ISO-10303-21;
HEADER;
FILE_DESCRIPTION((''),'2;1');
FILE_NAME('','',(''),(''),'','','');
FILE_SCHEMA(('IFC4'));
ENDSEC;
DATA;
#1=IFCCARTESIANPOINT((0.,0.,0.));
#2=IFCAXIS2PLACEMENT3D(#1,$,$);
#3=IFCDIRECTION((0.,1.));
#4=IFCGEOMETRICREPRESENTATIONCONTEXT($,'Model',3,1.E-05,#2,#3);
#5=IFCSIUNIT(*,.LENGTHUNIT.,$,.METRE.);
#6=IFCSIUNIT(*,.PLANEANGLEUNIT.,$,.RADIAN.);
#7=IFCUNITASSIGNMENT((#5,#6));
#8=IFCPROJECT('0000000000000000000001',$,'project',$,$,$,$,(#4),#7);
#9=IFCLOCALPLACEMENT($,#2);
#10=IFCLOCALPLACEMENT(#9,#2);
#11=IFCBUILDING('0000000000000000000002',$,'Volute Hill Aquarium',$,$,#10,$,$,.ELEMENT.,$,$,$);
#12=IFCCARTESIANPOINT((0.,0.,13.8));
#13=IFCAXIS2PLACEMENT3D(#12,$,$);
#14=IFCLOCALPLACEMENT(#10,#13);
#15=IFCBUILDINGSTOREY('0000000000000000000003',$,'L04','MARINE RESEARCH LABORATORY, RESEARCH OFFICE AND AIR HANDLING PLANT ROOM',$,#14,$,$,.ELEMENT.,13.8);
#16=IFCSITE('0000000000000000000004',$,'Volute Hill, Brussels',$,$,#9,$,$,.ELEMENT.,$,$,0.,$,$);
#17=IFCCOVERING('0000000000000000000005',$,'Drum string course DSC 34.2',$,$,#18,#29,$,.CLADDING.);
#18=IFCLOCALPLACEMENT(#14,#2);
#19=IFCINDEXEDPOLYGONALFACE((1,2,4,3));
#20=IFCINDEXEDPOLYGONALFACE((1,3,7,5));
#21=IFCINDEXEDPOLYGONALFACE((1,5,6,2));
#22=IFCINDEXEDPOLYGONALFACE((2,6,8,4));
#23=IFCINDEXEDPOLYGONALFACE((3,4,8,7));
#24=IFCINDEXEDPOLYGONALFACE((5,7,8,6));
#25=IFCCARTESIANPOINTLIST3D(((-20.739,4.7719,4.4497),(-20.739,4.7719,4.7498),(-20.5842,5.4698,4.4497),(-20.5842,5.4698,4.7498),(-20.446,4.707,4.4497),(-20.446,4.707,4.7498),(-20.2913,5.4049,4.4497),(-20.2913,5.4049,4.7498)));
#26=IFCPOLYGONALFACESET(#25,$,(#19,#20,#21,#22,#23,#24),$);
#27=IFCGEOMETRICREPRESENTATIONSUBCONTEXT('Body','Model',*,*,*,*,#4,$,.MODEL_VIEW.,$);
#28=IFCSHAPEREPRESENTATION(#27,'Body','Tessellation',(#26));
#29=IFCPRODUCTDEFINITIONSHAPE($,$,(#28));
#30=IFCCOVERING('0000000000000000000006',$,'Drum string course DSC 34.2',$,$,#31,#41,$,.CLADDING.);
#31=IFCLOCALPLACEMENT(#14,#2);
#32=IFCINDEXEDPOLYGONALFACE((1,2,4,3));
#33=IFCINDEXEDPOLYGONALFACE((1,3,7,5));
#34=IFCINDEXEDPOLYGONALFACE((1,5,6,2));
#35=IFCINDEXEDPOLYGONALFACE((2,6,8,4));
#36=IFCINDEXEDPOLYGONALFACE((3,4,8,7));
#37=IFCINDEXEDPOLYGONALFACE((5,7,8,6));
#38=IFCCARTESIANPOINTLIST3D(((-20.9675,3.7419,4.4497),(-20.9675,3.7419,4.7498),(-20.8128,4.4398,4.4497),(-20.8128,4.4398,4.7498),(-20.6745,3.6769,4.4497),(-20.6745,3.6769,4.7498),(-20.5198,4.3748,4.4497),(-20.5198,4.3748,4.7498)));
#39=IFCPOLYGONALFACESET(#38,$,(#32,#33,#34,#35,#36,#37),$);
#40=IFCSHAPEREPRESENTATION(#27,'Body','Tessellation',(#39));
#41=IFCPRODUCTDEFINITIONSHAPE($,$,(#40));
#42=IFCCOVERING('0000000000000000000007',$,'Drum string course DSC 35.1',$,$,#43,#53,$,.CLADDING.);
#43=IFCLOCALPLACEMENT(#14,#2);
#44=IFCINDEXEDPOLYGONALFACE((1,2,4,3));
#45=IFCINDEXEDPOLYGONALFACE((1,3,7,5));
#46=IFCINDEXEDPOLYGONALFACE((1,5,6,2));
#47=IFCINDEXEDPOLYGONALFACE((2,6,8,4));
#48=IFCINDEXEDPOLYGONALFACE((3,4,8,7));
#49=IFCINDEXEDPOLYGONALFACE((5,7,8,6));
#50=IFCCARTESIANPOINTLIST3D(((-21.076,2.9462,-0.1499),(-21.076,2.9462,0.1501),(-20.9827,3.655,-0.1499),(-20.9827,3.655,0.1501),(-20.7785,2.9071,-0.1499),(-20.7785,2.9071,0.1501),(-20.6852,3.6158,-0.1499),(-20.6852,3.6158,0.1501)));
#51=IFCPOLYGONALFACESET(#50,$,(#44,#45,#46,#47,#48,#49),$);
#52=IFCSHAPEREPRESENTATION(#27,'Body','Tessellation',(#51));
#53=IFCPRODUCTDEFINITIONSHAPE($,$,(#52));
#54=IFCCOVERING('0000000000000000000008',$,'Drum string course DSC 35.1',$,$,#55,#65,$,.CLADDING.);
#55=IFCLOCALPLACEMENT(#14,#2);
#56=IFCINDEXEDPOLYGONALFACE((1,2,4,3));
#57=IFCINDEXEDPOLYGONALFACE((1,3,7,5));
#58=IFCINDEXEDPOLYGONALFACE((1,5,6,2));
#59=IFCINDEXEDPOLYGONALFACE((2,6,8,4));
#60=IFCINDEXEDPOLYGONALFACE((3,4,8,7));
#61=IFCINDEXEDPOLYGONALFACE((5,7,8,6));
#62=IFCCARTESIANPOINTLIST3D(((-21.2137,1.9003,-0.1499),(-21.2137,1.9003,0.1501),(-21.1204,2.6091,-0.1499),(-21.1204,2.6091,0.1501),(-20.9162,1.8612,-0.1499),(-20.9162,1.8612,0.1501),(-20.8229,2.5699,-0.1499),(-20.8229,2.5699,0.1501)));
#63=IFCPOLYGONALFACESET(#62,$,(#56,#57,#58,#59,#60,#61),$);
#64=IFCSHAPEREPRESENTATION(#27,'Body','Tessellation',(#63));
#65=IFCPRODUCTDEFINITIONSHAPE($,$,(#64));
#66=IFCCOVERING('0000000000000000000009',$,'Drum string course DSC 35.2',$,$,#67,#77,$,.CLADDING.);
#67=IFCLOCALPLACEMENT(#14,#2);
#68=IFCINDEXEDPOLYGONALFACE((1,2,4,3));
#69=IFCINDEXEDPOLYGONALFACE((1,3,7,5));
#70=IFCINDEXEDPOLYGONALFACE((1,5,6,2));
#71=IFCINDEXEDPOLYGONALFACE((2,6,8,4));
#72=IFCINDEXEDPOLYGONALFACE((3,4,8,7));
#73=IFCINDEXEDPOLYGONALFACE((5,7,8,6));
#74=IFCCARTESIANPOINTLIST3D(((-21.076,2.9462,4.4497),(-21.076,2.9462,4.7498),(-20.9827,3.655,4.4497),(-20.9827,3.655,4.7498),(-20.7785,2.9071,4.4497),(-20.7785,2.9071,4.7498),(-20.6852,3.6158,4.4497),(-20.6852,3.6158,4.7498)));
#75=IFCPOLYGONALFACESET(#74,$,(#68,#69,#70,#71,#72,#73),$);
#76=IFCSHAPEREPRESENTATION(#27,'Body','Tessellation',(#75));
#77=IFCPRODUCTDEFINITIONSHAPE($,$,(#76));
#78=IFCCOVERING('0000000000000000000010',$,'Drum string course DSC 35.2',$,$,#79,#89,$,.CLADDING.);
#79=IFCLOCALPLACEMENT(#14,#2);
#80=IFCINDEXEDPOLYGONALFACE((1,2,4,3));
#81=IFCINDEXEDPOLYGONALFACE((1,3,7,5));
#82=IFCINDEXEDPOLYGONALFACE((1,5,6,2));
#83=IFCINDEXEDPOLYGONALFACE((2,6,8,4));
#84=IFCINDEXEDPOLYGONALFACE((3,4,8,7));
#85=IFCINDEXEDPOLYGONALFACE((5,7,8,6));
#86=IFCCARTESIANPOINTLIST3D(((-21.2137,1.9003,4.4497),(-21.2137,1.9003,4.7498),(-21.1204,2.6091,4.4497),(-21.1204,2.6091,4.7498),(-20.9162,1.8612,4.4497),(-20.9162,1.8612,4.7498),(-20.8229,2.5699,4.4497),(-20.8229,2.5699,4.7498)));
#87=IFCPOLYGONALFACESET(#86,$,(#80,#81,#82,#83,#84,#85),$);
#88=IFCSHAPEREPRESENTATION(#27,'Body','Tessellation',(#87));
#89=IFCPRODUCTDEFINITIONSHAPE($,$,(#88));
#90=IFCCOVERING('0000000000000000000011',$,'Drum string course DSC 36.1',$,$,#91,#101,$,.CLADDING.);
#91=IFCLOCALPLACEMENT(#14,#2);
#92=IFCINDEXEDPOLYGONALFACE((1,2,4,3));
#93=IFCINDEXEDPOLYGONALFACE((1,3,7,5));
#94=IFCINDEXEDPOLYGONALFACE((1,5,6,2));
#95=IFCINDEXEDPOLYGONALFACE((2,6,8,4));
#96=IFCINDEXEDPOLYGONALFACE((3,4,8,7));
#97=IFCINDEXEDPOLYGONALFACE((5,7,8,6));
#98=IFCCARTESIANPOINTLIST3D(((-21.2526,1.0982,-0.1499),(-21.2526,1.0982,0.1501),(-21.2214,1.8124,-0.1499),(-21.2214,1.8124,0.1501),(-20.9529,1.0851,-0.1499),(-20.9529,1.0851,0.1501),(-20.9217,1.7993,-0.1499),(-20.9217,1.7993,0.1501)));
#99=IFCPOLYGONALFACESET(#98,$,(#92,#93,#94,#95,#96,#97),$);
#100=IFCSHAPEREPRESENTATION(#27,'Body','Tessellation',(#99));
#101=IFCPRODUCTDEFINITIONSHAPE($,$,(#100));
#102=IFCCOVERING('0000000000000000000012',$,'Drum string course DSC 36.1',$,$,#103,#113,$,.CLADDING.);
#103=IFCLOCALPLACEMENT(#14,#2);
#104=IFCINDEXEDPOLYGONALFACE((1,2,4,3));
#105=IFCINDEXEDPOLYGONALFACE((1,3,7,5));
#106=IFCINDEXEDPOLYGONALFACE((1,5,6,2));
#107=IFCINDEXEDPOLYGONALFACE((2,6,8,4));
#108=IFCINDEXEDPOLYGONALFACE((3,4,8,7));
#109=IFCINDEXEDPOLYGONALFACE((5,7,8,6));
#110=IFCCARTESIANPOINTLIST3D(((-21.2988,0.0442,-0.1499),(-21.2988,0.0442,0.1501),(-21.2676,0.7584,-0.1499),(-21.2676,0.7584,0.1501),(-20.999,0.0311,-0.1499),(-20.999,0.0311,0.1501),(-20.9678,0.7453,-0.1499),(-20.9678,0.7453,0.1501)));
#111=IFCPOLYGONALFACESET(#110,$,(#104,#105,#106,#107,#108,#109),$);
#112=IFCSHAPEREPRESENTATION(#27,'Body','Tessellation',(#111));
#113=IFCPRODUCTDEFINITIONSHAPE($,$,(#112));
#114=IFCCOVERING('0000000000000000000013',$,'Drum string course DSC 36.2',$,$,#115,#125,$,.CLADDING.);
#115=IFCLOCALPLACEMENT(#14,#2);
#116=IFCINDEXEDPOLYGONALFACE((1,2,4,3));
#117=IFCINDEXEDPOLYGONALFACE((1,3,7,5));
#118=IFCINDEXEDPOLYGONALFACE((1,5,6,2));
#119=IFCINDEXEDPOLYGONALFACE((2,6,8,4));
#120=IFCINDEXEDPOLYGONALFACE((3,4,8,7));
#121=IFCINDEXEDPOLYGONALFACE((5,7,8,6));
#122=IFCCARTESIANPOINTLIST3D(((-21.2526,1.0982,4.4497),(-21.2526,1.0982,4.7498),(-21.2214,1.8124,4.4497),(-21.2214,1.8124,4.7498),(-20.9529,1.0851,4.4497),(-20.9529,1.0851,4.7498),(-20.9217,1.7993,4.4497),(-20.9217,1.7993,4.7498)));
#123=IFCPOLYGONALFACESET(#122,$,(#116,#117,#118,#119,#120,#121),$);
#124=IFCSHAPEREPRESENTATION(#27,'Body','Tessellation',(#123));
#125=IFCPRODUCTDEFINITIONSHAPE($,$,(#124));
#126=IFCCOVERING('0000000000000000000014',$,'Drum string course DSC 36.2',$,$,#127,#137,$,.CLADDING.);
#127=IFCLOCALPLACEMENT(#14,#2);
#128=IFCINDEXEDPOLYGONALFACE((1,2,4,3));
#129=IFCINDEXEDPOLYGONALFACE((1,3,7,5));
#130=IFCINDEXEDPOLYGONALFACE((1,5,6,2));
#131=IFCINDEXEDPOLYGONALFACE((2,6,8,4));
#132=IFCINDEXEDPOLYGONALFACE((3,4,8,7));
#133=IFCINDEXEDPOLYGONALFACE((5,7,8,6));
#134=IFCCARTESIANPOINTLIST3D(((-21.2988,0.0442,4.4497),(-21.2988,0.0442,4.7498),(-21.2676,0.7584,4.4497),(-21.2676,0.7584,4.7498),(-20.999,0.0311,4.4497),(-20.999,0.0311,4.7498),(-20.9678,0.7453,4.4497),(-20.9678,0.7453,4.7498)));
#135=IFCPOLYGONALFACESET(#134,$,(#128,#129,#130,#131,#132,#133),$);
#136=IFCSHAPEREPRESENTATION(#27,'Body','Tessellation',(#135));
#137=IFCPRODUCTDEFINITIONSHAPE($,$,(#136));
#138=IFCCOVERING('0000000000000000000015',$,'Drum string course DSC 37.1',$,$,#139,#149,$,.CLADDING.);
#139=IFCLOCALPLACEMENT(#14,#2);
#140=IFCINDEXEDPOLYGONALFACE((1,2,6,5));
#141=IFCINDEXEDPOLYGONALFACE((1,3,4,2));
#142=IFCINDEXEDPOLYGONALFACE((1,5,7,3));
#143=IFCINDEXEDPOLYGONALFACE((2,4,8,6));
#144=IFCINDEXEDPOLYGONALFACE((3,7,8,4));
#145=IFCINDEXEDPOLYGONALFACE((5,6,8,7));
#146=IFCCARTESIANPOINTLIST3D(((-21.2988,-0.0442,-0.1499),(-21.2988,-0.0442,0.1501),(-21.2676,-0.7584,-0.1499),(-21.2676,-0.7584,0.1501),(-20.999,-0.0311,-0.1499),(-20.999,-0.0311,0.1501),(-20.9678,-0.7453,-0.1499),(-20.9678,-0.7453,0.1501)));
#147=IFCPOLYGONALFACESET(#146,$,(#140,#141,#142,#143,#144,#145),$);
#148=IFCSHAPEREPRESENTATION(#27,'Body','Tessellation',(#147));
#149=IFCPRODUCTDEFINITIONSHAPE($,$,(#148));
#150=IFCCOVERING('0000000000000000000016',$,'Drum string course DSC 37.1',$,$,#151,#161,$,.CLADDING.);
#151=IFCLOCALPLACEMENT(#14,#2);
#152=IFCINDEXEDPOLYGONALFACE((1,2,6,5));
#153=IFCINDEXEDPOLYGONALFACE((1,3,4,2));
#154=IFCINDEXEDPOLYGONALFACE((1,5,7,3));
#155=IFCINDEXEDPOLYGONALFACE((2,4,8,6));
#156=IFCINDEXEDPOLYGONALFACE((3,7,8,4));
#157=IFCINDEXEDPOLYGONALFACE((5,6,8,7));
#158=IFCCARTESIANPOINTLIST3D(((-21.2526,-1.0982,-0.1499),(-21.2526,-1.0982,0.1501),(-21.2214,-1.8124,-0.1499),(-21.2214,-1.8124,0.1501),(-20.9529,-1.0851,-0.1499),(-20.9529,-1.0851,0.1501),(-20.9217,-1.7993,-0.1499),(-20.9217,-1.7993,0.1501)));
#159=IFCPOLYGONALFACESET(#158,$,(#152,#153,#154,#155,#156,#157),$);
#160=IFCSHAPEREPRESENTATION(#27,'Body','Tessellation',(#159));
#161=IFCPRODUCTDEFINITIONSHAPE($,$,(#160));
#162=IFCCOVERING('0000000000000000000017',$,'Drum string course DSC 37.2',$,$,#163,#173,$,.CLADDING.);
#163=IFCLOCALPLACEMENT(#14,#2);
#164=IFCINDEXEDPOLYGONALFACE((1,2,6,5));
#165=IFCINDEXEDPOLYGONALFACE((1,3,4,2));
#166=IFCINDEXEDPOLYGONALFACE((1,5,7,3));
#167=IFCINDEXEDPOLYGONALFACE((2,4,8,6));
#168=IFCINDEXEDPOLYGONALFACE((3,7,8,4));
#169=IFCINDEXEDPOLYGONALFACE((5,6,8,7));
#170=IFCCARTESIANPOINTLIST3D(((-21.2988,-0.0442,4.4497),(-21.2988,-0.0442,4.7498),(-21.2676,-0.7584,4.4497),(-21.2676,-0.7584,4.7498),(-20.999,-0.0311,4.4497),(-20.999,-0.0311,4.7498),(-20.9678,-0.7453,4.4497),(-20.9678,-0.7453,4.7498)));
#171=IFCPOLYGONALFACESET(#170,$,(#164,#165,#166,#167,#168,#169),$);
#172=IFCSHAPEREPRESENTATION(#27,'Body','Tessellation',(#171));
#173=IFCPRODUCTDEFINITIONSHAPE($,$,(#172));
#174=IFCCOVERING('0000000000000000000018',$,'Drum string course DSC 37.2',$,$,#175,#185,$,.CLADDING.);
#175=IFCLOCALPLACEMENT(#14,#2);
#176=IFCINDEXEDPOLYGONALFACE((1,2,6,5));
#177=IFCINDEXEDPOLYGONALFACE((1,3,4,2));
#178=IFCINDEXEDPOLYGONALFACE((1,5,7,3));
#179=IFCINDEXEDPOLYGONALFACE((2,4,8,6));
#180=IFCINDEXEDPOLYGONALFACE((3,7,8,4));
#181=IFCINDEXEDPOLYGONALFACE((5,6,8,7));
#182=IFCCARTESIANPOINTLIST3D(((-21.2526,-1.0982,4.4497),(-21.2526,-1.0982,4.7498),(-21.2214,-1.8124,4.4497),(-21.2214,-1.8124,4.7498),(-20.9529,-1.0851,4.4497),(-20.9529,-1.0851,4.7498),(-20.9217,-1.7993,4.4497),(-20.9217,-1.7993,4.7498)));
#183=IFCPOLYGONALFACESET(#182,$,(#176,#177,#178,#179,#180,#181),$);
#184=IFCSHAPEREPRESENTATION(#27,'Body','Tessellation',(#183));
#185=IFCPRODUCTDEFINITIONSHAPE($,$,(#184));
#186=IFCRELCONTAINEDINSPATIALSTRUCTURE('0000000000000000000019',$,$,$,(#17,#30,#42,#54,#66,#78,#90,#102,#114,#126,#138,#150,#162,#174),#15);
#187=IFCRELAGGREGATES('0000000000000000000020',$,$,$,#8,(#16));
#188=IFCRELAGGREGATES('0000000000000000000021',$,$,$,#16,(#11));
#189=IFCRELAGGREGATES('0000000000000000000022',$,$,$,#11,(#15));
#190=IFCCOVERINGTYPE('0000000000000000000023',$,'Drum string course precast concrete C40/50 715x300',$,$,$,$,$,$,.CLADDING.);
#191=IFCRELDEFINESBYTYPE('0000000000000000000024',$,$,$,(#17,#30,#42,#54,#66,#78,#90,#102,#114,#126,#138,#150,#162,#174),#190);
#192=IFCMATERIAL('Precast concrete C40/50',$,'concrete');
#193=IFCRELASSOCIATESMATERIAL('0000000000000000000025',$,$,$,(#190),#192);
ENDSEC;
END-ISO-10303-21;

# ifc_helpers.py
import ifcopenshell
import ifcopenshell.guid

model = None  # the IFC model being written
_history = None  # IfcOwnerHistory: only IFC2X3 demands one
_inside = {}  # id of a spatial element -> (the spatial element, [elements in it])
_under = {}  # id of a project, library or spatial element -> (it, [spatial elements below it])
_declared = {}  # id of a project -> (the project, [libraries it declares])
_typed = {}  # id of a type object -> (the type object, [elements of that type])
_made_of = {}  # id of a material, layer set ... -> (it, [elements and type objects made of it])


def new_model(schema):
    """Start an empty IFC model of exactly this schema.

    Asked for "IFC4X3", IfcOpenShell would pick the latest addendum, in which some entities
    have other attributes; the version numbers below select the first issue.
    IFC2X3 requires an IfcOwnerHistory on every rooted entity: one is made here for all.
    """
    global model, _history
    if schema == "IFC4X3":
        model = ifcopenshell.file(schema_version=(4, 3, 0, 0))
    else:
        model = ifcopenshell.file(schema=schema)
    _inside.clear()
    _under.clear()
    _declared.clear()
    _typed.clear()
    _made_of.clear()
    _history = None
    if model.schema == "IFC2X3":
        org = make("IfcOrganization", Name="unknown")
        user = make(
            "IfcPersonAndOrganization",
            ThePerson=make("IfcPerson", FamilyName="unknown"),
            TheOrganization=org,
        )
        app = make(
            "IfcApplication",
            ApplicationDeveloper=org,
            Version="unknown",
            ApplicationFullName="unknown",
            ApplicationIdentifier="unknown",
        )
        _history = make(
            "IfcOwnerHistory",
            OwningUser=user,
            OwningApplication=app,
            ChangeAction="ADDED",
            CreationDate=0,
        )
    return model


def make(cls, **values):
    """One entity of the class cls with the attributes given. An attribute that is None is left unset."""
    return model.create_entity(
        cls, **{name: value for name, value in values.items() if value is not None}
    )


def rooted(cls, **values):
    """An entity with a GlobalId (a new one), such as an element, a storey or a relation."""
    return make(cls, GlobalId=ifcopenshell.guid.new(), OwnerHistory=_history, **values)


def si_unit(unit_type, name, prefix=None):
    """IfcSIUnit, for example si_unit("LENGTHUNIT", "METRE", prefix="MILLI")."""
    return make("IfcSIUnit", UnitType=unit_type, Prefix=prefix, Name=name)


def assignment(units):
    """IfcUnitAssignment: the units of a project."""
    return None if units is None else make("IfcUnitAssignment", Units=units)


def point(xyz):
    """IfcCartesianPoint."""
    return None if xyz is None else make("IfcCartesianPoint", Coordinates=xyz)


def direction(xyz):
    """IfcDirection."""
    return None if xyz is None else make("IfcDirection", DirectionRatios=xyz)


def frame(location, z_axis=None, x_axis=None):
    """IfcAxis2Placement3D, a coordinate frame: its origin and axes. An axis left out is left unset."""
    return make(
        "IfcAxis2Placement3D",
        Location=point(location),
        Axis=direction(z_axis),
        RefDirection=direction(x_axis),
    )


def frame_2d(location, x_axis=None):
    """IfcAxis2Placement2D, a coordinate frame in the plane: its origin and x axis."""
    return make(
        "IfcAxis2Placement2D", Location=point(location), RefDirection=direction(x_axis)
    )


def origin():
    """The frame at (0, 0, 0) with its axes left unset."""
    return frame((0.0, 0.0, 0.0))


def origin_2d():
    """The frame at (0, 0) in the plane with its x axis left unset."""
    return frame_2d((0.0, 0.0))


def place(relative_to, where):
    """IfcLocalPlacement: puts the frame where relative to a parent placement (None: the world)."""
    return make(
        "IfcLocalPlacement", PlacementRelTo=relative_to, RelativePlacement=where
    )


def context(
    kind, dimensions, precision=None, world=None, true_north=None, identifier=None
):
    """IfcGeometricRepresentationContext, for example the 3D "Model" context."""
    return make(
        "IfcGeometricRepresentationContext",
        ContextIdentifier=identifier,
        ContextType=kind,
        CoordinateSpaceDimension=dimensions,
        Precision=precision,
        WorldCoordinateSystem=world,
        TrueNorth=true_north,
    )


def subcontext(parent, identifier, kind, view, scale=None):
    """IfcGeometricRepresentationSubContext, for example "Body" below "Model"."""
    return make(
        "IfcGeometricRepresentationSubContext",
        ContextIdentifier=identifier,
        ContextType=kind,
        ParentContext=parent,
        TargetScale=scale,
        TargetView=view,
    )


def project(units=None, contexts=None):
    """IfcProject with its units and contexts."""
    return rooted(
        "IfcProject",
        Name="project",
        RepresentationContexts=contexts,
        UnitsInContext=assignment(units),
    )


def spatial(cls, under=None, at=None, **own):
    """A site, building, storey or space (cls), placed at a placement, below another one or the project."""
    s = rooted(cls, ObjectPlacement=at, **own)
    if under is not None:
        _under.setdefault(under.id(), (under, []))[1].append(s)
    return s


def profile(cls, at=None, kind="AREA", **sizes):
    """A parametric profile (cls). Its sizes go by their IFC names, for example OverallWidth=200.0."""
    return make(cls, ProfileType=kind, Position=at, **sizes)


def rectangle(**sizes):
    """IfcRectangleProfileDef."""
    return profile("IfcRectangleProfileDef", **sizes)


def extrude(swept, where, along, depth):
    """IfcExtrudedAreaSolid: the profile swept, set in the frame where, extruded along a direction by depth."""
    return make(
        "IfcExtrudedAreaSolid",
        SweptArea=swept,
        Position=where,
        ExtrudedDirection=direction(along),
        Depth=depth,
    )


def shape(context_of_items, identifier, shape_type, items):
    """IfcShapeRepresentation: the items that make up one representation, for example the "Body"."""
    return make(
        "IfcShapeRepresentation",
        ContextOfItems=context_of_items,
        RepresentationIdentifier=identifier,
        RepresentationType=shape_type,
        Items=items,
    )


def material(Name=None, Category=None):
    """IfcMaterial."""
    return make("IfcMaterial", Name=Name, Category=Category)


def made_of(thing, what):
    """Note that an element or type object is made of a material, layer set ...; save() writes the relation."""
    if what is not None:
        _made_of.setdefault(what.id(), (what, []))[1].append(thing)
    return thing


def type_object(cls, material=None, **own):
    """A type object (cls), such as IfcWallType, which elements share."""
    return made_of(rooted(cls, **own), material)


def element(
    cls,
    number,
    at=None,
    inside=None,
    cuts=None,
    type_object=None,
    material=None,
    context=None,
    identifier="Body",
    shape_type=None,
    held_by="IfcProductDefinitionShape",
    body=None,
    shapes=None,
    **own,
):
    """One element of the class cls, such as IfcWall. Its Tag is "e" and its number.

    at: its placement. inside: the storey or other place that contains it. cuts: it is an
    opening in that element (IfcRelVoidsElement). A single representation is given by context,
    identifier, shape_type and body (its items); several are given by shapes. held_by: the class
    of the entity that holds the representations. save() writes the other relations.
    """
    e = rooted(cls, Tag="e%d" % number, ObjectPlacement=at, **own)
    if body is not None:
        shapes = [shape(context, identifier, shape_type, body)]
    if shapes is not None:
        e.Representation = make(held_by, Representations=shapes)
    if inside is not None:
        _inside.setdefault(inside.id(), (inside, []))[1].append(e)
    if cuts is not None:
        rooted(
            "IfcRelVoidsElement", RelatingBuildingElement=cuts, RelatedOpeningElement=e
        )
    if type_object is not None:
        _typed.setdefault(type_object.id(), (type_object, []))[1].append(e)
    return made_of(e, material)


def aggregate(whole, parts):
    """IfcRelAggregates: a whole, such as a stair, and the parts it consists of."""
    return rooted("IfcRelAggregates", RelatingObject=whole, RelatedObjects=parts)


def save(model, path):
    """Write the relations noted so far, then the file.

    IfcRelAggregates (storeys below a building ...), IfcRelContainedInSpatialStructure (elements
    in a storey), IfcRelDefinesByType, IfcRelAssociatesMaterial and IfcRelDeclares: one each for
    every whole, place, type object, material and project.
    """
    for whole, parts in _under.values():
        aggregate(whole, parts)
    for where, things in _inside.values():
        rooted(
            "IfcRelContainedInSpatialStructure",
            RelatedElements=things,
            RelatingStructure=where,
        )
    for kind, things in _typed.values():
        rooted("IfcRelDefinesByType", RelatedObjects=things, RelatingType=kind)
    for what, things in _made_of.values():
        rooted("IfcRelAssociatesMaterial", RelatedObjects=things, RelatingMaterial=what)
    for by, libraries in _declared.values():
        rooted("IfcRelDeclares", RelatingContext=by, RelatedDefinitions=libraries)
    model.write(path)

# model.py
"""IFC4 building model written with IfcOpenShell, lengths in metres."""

from ifc_helpers import new_model, si_unit, direction, frame, origin, origin_2d, place, context, subcontext, project, spatial, rectangle, extrude, material, type_object, element, save


model = new_model("IFC4")

# Units and contexts
model_context = context("Model", 3, precision=1e-05, world=origin(), true_north=direction((0.0, 1.0)))
body_context = subcontext(model_context, "Body", "Model", "MODEL_VIEW")
ifc_project = project(units=[si_unit("LENGTHUNIT", "METRE"), si_unit("PLANEANGLEUNIT", "RADIAN")], contexts=[model_context])

# Site, building, storey
site_placement = place(None, origin())
site = spatial("IfcSite", under=ifc_project, at=site_placement, Name="Volute Hill, Brussels", CompositionType="ELEMENT", RefElevation=0.0)
building_placement = place(site_placement, origin())
building = spatial("IfcBuilding", under=site, at=building_placement, Name="Volute Hill Aquarium", CompositionType="ELEMENT")
storey_placement = place(building_placement, frame((0.0, 0.0, 13.8)))
storey = spatial("IfcBuildingStorey", under=building, at=storey_placement, Name="L04", Description="MARINE RESEARCH LABORATORY, RESEARCH OFFICE AND AIR HANDLING PLANT ROOM", CompositionType="ELEMENT", Elevation=13.8)

# Coverings
ifc_material_1 = material(Name="Precast concrete C40/50", Category="concrete")
covering_type_1 = type_object("IfcCoveringType", Name="Drum string course precast concrete C40/50 715x300", PredefinedType="CLADDING", material=ifc_material_1)
for number, where, z_axis, x_axis, name in (
    (1, (-20.5151, 5.0884, 4.4497), (0.0, 0.0, 1.0), (-0.21644, -0.976296, 0.0), "Drum string course DSC 34.2"),
    (2, (-20.7437, 4.0583, 4.4497), (0.0, 0.0, 1.0), (-0.21644, -0.976296, 0.0), "Drum string course DSC 34.2"),
    (3, (-20.8806, 3.281, -0.1499), (0.0, 0.0, 1.0), (-0.130526, -0.991445, 0.0), "Drum string course DSC 35.1"),
    (4, (-21.0183, 2.2351, -0.1499), (0.0, 0.0, 1.0), (-0.130526, -0.991445, 0.0), "Drum string course DSC 35.1"),
    (5, (-20.8806, 3.281, 4.4497), (0.0, 0.0, 1.0), (-0.130526, -0.991445, 0.0), "Drum string course DSC 35.2"),
    (6, (-21.0183, 2.2351, 4.4497), (0.0, 0.0, 1.0), (-0.130526, -0.991445, 0.0), "Drum string course DSC 35.2"),
    (7, (-21.0872, 1.4487, -0.1499), (0.0, 0.0, 1.0), (-0.043619, -0.999048, 0.0), "Drum string course DSC 36.1"),
    (8, (-21.1333, 0.3948, -0.1499), (0.0, 0.0, 1.0), (-0.043619, -0.999048, 0.0), "Drum string course DSC 36.1"),
    (9, (-21.0872, 1.4487, 4.4497), (0.0, 0.0, 1.0), (-0.043619, -0.999048, 0.0), "Drum string course DSC 36.2"),
    (10, (-21.1333, 0.3948, 4.4497), (0.0, 0.0, 1.0), (-0.043619, -0.999048, 0.0), "Drum string course DSC 36.2"),
    (11, (-21.1333, -0.3948, -0.1499), (0.0, 0.0, 1.0), (0.043619, -0.999048, 0.0), "Drum string course DSC 37.1"),
    (12, (-21.0872, -1.4487, -0.1499), (0.0, 0.0, 1.0), (0.043619, -0.999048, 0.0), "Drum string course DSC 37.1"),
    (13, (-21.1333, -0.3948, 4.4497), (0.0, 0.0, 1.0), (0.043619, -0.999048, 0.0), "Drum string course DSC 37.2"),
    (14, (-21.0872, -1.4487, 4.4497), (0.0, 0.0, 1.0), (0.043619, -0.999048, 0.0), "Drum string course DSC 37.2"),
):
    element("IfcCovering", number, at=place(storey_placement, frame(where, z_axis=z_axis, x_axis=x_axis)), inside=storey, type_object=covering_type_1, Name=name, PredefinedType="CLADDING", context=body_context, shape_type="SweptSolid", body=[
        extrude(rectangle(XDim=0.7148, YDim=0.3, at=origin_2d()), origin(), (0.0, 0.0, 1.0), 0.3),
    ])

save(model, "model.ifc")
